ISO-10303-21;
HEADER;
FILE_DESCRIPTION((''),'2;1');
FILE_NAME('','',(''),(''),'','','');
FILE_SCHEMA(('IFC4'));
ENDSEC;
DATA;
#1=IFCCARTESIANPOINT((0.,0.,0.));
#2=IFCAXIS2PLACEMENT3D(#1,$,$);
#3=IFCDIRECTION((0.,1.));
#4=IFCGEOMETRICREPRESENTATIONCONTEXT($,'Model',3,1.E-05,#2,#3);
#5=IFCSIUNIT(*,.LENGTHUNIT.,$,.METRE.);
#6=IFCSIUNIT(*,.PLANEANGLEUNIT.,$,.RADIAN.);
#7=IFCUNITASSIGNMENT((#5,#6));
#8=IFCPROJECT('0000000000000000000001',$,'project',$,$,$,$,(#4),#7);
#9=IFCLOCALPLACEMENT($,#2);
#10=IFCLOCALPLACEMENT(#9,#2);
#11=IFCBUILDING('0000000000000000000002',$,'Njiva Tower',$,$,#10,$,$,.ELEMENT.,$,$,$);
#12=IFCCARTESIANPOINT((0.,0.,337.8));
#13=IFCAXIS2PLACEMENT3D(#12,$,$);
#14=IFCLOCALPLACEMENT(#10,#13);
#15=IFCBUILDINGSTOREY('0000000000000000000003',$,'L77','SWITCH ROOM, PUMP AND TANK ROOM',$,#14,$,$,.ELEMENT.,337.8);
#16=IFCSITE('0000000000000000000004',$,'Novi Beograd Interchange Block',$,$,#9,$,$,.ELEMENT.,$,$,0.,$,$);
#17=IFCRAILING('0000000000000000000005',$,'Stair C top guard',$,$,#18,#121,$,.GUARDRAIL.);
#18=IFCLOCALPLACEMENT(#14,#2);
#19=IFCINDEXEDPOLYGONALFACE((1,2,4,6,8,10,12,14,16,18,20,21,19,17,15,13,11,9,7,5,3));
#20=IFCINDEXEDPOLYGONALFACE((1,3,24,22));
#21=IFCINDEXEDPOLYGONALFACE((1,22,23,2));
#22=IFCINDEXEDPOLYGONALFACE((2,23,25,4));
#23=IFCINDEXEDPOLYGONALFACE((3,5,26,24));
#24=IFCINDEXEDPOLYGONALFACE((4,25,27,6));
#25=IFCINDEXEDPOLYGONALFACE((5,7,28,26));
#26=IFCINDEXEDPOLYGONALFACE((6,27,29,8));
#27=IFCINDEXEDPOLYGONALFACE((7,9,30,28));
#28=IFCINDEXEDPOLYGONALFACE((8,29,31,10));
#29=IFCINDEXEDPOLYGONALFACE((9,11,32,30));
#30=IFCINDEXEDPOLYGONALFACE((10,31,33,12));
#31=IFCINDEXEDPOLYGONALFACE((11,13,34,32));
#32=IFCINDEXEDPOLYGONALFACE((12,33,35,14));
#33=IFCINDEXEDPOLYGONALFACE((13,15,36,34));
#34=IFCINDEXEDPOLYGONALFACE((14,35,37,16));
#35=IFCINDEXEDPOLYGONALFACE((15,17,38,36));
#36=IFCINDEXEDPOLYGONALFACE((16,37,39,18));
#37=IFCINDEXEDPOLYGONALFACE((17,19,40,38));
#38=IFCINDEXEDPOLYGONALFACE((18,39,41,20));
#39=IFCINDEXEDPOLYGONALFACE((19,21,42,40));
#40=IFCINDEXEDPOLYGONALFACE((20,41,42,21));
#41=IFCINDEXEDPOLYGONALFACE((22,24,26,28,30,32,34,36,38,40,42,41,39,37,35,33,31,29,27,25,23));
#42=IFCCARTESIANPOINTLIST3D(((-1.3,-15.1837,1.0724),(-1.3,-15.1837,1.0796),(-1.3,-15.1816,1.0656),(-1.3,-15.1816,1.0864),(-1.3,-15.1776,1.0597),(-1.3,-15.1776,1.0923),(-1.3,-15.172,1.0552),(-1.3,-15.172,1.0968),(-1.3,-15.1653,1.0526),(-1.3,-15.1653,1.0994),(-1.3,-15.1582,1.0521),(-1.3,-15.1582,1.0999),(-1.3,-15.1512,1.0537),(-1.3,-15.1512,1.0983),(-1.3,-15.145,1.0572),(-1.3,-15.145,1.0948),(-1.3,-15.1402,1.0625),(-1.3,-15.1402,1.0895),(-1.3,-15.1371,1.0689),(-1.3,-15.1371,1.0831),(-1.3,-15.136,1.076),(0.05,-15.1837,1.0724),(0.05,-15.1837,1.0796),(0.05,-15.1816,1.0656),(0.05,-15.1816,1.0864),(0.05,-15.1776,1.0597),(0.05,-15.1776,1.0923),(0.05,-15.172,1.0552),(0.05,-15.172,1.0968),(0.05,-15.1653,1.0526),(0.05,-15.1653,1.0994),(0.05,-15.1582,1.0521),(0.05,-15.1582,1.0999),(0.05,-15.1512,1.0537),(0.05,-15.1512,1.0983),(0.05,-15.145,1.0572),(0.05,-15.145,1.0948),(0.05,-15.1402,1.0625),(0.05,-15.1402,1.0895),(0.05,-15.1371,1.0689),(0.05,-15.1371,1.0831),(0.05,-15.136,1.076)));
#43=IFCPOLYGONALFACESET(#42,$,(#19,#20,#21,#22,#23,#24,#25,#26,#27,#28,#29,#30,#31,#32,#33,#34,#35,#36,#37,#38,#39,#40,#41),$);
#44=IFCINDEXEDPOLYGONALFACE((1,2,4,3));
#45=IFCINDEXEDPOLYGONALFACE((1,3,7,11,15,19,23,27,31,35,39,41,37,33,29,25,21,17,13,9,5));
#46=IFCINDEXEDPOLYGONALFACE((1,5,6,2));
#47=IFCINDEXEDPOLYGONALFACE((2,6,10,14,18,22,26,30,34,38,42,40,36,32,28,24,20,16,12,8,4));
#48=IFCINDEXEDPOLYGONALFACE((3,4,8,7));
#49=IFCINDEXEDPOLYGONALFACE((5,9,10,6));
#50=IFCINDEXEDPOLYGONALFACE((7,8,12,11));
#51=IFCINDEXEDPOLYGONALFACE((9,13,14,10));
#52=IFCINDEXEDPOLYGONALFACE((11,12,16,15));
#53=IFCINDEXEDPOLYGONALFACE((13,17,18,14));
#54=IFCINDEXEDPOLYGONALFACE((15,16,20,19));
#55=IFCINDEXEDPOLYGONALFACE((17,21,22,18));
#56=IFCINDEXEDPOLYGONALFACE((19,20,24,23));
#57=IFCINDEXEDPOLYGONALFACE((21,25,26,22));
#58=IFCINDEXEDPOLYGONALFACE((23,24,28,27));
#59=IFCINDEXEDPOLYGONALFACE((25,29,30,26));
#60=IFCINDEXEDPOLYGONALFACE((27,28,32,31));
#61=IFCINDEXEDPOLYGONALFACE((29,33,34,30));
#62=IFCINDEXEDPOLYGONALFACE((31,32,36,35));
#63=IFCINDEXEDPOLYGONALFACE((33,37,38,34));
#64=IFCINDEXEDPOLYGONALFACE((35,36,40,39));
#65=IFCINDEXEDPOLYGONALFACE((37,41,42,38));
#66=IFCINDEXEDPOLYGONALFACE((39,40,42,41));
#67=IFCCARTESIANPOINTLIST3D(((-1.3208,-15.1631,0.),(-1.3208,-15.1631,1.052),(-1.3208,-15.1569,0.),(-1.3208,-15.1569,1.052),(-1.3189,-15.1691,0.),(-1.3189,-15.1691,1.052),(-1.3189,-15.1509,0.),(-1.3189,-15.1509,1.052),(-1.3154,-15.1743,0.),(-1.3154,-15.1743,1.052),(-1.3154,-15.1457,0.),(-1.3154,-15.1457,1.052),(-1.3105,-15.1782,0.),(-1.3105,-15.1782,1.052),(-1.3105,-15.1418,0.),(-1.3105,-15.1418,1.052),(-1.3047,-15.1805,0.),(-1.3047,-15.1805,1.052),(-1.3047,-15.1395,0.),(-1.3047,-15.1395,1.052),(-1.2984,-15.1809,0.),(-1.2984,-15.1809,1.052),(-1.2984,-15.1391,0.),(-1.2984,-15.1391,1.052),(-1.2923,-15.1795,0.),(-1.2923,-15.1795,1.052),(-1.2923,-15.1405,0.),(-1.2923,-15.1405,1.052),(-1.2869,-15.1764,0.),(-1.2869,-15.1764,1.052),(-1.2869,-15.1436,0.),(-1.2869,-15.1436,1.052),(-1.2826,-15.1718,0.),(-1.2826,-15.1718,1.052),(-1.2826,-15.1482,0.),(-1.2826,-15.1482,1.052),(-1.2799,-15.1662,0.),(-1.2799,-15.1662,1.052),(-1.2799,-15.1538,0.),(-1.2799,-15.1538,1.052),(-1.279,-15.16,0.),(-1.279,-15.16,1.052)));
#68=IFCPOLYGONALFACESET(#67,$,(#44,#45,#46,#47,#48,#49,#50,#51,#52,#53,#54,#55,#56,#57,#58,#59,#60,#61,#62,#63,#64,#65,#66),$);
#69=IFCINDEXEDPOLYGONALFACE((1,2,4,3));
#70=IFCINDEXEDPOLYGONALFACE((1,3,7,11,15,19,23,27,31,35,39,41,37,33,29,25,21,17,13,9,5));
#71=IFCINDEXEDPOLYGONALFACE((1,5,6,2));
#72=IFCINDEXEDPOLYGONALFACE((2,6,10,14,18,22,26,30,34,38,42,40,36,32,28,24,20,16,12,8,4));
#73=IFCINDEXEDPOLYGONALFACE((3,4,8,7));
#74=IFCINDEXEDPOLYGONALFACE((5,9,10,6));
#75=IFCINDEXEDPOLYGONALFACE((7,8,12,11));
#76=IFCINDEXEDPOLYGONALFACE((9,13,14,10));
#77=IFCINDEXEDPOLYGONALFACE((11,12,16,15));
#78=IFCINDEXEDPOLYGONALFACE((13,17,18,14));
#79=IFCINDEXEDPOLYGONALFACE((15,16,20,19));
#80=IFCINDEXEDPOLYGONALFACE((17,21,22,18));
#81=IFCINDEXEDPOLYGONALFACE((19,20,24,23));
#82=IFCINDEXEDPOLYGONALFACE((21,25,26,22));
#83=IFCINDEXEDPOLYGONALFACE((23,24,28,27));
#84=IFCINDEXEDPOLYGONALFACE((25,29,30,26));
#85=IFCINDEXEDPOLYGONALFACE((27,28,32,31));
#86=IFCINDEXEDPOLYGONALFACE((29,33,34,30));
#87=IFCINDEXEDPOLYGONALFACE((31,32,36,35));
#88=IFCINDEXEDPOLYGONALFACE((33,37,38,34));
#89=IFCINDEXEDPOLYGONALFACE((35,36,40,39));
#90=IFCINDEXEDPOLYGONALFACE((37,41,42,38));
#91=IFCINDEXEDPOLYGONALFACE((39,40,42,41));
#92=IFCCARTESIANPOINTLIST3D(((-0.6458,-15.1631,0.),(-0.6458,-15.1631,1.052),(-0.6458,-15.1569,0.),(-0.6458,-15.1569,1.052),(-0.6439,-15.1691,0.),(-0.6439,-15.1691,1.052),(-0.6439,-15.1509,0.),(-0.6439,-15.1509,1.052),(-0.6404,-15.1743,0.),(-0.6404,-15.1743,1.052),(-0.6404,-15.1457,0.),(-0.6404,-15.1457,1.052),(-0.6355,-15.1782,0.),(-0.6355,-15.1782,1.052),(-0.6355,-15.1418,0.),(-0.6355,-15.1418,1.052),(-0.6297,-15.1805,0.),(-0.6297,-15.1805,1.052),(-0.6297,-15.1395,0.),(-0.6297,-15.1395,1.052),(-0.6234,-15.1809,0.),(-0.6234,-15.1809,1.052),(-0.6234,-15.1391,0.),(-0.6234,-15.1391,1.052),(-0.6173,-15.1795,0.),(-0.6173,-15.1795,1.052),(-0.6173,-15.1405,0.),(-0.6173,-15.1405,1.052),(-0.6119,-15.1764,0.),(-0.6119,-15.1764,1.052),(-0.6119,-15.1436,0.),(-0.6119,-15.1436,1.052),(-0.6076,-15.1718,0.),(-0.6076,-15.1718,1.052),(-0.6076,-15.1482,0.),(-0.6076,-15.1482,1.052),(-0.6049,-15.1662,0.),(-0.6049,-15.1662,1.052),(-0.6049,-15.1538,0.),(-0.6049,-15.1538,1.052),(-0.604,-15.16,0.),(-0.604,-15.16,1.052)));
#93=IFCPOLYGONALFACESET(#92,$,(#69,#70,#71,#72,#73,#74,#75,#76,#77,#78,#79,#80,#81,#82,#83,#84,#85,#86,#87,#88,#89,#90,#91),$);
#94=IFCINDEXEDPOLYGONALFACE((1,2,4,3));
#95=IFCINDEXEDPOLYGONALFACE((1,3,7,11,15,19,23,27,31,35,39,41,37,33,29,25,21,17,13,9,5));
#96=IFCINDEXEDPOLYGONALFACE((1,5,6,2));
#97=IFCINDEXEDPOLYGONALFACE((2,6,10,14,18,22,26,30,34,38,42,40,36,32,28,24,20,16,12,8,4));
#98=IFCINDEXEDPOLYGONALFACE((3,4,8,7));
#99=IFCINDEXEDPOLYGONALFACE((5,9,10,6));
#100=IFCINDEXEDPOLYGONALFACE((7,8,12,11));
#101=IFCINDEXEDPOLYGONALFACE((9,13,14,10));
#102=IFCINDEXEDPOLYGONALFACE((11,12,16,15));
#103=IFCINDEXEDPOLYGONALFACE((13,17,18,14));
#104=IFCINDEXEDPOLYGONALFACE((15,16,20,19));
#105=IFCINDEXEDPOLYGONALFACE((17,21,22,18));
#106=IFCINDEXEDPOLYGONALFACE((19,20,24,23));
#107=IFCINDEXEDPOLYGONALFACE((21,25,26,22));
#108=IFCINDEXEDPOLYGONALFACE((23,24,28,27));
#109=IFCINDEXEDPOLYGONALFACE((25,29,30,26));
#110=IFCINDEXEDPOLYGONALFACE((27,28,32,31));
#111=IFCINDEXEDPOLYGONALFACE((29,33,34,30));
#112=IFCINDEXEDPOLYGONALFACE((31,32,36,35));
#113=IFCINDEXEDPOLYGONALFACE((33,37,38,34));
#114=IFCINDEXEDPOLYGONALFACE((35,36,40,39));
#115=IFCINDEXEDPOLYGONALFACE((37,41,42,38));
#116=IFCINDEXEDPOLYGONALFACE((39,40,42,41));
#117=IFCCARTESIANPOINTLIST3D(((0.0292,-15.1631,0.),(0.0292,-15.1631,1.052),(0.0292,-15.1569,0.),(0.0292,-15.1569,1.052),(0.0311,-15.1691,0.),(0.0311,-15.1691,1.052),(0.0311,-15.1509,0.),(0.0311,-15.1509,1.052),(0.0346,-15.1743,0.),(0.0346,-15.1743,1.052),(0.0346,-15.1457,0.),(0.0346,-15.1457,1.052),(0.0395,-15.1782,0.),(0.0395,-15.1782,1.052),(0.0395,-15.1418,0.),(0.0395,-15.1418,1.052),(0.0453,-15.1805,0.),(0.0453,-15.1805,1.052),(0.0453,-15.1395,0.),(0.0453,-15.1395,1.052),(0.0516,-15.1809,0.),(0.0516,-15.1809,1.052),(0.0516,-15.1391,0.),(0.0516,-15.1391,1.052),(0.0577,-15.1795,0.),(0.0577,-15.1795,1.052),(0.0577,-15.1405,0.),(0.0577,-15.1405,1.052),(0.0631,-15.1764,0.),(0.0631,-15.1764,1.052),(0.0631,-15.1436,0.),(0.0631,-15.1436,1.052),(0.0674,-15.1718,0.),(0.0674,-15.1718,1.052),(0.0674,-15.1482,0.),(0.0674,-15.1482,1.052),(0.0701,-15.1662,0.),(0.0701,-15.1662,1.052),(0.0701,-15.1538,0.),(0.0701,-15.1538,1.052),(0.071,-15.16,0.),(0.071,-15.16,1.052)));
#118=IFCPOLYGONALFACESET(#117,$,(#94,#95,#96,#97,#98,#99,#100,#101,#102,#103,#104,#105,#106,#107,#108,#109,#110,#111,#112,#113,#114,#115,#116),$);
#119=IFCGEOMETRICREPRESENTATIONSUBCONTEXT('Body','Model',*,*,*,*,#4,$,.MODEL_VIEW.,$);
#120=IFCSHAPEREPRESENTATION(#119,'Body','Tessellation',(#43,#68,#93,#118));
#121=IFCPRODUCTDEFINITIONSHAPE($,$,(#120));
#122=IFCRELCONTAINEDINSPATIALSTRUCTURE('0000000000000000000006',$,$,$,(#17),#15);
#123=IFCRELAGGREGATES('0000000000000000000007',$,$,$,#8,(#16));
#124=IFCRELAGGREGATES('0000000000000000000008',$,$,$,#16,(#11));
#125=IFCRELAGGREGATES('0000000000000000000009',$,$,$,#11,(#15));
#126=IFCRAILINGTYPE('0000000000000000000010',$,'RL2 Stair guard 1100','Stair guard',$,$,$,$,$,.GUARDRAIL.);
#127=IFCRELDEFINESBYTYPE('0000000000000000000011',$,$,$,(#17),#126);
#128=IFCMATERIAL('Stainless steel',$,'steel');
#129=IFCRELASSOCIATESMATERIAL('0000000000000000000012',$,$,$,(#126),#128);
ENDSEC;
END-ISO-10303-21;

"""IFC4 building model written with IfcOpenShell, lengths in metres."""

from ifc_helpers import new_model, si_unit, direction, frame, origin, origin_2d, place, context, subcontext, project, spatial, circle, extrude, material, type_object, element, save


model = new_model("IFC4")

# Units and contexts
model_context = context("Model", 3, precision=1e-05, world=origin(), true_north=direction((0.0, 1.0)))
body_context = subcontext(model_context, "Body", "Model", "MODEL_VIEW")
ifc_project = project(units=[si_unit("LENGTHUNIT", "METRE"), si_unit("PLANEANGLEUNIT", "RADIAN")], contexts=[model_context])

# Site, building, storey
site_placement = place(None, origin())
site = spatial("IfcSite", under=ifc_project, at=site_placement, Name="Novi Beograd Interchange Block", CompositionType="ELEMENT", RefElevation=0.0)
building_placement = place(site_placement, origin())
building = spatial("IfcBuilding", under=site, at=building_placement, Name="Njiva Tower", CompositionType="ELEMENT")
storey_placement = place(building_placement, frame((0.0, 0.0, 337.8)))
storey = spatial("IfcBuildingStorey", under=building, at=storey_placement, Name="L77", Description="SWITCH ROOM, PUMP AND TANK ROOM", CompositionType="ELEMENT", Elevation=337.8)

# Railing
ifc_material_1 = material(Name="Stainless steel", Category="steel")
railing_type = type_object("IfcRailingType", Name="RL2 Stair guard 1100", Description="Stair guard", PredefinedType="GUARDRAIL", material=ifc_material_1)
railing_placement = place(storey_placement, frame((-1.3, -15.16, 0.0)))
element("IfcRailing", 1, at=railing_placement, inside=storey, type_object=railing_type, Name="Stair C top guard", PredefinedType="GUARDRAIL", context=body_context, shape_type="SweptSolid", body=[
    extrude(circle(Radius=0.024, at=origin_2d()), frame((0.0, 0.0, 1.076), z_axis=(1.0, 0.0, 0.0), x_axis=(0.0, 1.0, 0.0)), (0.0, 0.0, 1.0), 1.35),
    extrude(circle(Radius=0.021, at=origin_2d()), origin(), (0.0, 0.0, 1.0), 1.052),
    extrude(circle(Radius=0.021, at=origin_2d()), frame((0.675, 0.0, 0.0)), (0.0, 0.0, 1.0), 1.052),
    extrude(circle(Radius=0.021, at=origin_2d()), frame((1.35, 0.0, 0.0)), (0.0, 0.0, 1.0), 1.052),
])

save(model, "model.ifc")
